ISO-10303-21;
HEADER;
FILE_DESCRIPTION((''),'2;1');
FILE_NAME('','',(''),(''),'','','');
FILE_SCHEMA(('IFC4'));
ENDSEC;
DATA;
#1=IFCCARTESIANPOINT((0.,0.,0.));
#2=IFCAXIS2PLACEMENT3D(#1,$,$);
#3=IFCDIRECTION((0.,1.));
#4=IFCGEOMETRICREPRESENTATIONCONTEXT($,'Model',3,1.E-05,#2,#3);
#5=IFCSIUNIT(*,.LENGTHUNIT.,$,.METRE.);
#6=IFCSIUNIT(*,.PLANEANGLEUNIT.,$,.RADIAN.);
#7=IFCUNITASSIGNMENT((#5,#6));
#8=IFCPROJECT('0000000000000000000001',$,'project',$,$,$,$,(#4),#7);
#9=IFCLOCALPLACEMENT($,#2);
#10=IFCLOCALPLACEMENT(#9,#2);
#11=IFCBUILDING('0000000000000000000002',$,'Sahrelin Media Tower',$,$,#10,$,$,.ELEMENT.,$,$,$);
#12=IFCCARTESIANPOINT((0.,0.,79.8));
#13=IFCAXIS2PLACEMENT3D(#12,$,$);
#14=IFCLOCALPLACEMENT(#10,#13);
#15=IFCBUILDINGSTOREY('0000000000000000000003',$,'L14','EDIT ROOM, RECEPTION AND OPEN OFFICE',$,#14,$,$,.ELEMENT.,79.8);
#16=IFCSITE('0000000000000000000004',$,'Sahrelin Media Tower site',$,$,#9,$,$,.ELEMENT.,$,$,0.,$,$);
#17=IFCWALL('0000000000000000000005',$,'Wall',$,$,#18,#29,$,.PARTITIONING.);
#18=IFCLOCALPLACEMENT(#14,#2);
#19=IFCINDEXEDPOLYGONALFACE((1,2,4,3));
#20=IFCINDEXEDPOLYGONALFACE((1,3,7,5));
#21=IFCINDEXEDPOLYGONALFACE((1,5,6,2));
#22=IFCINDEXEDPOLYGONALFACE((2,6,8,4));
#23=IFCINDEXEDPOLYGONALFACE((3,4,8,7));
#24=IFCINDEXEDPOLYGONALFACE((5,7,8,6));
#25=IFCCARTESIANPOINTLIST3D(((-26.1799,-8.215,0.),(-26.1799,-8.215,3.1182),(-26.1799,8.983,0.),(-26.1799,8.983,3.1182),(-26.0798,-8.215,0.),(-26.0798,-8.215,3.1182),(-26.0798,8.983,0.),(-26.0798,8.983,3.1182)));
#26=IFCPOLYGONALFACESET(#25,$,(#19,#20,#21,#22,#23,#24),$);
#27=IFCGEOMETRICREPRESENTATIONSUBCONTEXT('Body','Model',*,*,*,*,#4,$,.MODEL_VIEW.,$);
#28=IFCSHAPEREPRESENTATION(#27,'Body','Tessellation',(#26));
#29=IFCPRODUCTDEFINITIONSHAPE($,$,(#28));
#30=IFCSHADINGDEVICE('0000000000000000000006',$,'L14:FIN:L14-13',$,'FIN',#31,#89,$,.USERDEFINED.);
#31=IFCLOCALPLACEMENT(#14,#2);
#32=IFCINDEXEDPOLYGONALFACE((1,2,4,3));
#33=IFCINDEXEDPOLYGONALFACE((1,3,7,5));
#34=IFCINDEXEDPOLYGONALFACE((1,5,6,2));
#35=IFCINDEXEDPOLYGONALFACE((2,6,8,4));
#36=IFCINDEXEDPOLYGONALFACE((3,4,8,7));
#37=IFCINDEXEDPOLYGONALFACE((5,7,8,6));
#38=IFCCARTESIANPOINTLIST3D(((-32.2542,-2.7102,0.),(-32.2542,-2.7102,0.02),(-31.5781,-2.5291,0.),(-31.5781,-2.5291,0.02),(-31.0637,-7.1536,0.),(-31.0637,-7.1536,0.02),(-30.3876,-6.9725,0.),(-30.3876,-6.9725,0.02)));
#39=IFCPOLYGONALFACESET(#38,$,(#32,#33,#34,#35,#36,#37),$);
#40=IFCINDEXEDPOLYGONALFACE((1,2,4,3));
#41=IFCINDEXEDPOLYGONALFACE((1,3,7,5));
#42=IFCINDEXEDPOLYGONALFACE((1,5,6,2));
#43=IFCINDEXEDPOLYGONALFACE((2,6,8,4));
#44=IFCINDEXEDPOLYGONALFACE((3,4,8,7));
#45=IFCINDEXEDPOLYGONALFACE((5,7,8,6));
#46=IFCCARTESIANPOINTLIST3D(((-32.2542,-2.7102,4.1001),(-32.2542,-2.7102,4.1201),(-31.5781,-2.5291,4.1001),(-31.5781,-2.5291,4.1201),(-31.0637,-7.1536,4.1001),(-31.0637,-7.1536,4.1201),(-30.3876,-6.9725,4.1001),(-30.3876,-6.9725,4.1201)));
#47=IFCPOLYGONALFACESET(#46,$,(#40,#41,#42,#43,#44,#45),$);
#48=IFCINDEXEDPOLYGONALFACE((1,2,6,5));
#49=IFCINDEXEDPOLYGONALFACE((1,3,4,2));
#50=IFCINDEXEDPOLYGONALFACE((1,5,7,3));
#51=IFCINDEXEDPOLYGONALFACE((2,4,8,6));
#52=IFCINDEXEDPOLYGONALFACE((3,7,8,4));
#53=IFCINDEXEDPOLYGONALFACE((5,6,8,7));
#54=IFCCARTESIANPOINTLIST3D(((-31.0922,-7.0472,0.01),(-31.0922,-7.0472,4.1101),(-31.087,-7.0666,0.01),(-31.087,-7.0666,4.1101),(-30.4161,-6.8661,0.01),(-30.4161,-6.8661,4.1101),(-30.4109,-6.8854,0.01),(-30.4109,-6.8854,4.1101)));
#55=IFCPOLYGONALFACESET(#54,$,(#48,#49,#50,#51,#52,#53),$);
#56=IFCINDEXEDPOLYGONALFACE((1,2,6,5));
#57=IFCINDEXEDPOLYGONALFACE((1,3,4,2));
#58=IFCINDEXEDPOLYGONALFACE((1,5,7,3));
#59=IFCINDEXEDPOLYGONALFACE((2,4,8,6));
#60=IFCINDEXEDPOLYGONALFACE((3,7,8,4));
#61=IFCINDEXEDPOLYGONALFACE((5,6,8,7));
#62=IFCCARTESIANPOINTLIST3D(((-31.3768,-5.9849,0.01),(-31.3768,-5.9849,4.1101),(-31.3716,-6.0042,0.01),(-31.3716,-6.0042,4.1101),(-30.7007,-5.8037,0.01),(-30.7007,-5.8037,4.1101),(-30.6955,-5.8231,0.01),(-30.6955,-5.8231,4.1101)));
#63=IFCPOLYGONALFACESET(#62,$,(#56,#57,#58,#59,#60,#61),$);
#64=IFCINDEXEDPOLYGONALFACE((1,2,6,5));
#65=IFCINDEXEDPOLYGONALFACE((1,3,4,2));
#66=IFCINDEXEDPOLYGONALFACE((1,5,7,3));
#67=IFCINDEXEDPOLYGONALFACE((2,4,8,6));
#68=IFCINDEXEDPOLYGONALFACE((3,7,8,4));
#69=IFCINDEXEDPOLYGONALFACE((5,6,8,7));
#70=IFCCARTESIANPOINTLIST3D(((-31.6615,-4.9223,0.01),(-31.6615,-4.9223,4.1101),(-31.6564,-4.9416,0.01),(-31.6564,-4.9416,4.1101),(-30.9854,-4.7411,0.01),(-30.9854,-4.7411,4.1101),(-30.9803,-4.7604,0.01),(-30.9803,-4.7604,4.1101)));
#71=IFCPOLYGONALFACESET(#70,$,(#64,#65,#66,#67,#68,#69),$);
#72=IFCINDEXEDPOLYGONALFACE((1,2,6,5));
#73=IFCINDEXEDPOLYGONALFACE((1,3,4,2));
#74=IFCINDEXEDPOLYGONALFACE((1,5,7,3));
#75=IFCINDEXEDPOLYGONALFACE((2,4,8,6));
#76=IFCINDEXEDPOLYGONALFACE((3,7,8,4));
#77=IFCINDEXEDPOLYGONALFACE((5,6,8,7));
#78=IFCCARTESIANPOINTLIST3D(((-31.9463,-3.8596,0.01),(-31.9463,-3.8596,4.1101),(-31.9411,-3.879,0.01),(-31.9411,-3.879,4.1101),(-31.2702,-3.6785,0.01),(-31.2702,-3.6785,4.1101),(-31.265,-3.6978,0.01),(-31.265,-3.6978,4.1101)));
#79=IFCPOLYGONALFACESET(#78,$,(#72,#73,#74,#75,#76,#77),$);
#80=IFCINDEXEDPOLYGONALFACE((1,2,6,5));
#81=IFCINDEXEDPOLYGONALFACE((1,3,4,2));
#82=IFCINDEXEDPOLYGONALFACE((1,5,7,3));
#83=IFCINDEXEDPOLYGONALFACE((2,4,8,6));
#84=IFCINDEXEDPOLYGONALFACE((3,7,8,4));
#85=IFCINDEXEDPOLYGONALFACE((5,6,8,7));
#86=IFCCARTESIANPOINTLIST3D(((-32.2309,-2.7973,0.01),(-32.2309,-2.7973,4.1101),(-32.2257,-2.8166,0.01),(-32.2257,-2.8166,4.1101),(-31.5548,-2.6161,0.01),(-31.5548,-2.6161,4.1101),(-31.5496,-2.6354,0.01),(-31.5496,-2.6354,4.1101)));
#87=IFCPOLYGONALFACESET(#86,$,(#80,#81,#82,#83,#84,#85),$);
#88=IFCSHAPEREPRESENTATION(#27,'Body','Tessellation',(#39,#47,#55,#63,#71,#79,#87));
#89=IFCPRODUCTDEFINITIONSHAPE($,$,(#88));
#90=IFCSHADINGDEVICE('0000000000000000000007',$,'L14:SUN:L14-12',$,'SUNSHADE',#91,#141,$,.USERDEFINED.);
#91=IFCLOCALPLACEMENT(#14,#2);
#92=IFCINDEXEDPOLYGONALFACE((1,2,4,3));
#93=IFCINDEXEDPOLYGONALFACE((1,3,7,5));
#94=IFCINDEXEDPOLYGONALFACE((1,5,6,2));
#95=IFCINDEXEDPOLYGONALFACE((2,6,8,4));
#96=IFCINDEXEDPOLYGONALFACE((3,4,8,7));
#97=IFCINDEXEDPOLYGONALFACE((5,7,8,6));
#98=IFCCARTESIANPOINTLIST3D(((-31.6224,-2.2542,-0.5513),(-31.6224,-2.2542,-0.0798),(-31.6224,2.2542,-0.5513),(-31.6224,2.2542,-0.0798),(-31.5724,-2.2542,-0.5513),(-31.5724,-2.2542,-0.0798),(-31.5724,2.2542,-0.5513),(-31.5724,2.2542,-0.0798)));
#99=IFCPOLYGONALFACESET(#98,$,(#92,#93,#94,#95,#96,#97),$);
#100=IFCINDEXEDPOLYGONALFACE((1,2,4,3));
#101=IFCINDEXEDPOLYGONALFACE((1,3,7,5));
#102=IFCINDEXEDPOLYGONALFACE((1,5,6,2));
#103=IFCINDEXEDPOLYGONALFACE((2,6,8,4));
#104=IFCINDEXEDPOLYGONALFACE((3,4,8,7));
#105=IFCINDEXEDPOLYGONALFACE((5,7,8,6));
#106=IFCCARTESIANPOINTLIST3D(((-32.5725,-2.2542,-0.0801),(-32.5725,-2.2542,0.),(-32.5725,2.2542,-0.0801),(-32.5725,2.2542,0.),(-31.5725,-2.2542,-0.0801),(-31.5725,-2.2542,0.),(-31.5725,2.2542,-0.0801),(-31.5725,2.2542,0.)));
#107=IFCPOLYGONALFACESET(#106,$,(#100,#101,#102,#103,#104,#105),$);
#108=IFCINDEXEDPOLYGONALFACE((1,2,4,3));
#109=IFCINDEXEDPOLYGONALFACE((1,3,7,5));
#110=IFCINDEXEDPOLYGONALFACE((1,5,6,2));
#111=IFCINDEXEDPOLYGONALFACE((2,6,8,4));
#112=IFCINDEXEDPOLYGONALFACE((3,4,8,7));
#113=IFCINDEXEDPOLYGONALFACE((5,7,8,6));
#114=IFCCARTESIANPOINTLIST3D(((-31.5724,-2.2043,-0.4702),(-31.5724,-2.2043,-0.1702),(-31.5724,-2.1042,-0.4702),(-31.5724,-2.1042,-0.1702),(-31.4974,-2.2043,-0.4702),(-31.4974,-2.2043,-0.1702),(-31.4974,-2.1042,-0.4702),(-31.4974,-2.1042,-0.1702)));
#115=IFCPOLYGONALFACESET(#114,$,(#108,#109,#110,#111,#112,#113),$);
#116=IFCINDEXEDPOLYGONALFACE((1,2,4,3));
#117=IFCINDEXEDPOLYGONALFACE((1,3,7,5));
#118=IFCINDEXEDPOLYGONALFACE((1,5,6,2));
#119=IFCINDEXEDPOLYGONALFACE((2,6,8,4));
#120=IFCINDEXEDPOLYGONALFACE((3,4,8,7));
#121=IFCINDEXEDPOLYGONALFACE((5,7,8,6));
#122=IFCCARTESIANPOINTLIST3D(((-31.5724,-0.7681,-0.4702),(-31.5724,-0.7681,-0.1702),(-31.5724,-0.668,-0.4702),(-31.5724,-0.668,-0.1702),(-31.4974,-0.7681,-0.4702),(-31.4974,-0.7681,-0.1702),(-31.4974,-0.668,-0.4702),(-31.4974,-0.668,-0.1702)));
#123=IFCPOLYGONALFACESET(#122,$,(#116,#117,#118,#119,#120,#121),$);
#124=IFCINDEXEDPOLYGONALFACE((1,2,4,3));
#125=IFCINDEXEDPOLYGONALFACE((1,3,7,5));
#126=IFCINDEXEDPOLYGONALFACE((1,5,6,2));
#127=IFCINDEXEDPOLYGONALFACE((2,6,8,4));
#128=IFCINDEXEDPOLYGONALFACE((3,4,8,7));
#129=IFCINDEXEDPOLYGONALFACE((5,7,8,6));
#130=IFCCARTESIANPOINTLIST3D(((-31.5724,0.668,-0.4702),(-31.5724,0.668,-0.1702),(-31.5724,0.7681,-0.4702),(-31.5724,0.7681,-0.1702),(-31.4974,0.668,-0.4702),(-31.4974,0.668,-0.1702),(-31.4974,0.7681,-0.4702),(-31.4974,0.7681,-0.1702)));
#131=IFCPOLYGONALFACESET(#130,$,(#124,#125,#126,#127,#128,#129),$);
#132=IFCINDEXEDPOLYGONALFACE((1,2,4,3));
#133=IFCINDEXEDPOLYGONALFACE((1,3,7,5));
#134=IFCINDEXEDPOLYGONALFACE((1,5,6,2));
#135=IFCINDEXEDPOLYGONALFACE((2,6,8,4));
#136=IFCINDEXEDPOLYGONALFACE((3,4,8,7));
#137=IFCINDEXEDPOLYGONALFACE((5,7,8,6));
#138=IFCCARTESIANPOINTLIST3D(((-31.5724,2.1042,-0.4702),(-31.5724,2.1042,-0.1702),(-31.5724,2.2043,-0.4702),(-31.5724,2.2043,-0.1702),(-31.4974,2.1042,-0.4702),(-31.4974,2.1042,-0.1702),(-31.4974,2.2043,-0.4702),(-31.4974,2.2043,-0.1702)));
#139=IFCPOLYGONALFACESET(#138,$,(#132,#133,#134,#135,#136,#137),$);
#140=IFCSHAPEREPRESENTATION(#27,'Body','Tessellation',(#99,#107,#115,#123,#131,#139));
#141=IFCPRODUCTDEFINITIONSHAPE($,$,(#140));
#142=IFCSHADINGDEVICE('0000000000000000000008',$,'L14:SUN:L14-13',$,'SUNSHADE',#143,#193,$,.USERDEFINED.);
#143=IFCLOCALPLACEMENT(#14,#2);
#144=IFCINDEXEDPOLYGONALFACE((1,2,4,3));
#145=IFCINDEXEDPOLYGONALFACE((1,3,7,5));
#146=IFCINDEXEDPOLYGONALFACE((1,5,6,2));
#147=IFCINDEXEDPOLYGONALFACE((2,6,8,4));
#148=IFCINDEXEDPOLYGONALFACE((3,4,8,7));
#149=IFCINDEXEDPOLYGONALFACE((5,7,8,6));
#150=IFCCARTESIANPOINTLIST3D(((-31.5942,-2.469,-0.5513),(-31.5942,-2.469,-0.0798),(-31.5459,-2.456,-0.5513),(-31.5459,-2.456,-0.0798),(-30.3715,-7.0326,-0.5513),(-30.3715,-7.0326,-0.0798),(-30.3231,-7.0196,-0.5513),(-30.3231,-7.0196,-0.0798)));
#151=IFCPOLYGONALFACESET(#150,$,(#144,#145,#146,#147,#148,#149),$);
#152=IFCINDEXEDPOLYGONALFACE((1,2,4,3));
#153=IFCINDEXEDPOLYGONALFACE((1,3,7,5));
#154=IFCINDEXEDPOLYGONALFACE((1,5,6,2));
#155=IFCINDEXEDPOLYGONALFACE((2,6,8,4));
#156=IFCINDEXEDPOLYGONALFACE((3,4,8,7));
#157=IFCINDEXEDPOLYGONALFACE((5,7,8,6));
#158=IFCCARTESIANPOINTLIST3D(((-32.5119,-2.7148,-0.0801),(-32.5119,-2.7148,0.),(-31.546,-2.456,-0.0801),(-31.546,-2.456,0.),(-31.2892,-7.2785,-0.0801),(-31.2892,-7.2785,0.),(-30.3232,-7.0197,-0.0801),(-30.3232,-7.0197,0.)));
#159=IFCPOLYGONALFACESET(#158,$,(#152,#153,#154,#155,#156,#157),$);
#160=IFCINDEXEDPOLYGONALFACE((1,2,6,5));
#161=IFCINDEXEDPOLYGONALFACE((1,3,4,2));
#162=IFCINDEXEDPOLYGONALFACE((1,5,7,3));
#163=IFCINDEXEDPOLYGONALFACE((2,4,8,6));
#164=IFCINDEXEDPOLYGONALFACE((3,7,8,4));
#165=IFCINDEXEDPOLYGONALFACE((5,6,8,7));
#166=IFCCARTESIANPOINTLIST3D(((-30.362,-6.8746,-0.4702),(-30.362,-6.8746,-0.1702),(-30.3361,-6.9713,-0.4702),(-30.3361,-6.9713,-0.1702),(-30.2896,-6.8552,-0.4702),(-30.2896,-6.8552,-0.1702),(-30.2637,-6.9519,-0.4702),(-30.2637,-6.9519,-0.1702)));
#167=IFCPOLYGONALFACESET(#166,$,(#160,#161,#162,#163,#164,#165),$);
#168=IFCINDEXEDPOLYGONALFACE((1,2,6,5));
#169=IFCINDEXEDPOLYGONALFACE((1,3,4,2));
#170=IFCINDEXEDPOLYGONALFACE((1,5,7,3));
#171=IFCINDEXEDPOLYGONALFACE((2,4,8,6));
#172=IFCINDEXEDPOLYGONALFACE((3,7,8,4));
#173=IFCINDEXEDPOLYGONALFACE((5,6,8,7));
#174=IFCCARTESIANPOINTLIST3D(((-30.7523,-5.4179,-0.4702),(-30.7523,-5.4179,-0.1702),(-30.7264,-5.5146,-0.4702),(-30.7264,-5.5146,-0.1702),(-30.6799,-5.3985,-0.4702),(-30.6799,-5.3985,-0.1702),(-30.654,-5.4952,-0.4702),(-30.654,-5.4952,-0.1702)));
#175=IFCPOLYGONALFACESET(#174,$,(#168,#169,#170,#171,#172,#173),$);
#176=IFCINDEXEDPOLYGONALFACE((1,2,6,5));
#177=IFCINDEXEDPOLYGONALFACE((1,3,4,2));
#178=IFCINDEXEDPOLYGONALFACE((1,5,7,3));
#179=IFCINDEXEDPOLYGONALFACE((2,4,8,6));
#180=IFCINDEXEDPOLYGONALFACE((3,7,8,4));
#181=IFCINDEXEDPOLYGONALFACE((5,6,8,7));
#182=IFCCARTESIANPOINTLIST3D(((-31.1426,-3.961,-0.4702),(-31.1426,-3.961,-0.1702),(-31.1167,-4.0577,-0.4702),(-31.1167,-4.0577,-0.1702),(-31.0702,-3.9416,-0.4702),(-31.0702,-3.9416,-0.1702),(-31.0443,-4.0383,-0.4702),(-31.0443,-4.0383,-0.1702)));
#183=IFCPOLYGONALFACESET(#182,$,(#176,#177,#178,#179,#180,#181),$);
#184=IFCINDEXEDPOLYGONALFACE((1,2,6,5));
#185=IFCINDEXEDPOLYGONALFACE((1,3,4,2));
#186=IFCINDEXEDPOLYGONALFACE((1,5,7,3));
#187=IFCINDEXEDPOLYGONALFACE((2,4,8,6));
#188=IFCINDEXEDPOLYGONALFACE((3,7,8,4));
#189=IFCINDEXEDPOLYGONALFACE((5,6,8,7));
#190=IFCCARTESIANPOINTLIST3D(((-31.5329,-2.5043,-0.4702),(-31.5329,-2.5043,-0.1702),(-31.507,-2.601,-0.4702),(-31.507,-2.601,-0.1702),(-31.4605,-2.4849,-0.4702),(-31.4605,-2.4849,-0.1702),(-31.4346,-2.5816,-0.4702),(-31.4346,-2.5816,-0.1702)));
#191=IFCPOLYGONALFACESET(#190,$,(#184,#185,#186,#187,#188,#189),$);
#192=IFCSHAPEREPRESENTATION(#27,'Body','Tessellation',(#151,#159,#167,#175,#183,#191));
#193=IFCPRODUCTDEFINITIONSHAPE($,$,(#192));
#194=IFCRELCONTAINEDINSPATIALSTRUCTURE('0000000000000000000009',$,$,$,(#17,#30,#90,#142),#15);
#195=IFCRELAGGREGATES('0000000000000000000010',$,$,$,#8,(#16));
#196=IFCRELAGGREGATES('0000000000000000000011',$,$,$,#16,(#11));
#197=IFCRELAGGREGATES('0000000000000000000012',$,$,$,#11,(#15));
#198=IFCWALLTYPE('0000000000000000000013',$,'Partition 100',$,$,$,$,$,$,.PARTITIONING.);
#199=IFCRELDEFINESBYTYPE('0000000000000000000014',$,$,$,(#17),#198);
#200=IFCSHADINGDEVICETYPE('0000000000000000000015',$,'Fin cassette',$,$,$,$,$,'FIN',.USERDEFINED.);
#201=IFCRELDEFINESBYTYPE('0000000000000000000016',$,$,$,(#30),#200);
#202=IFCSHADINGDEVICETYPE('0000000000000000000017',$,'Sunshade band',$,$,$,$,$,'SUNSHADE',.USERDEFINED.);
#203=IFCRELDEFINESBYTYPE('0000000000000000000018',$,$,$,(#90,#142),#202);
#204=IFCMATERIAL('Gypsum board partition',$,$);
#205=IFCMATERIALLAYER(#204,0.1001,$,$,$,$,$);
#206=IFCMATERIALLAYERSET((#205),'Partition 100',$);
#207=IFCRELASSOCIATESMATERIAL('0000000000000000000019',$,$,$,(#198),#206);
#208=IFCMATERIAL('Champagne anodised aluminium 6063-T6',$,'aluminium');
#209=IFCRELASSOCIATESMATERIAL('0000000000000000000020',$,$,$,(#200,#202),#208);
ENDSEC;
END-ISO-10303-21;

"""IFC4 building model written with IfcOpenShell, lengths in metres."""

from ifc_helpers import new_model, si_unit, direction, frame, frame_2d, origin, origin_2d, place, context, subcontext, project, spatial, rectangle, extrude, material, layer, layer_set, type_object, element, save


model = new_model("IFC4")

# Units and contexts
model_context = context("Model", 3, precision=1e-05, world=origin(), true_north=direction((0.0, 1.0)))
body_context = subcontext(model_context, "Body", "Model", "MODEL_VIEW")
ifc_project = project(units=[si_unit("LENGTHUNIT", "METRE"), si_unit("PLANEANGLEUNIT", "RADIAN")], contexts=[model_context])

# Site, building, storey
site_placement = place(None, origin())
site = spatial("IfcSite", under=ifc_project, at=site_placement, Name="Sahrelin Media Tower site", CompositionType="ELEMENT", RefElevation=0.0)
building_placement = place(site_placement, origin())
building = spatial("IfcBuilding", under=site, at=building_placement, Name="Sahrelin Media Tower", CompositionType="ELEMENT")
storey_placement = place(building_placement, frame((0.0, 0.0, 79.8)))
storey = spatial("IfcBuildingStorey", under=building, at=storey_placement, Name="L14", Description="EDIT ROOM, RECEPTION AND OPEN OFFICE", CompositionType="ELEMENT", Elevation=79.8)

# Shared definitions
ifc_material_1 = material(Name="Champagne anodised aluminium 6063-T6", Category="aluminium")

# Shared definitions
ifc_material_2 = material(Name="Gypsum board partition")
ifc_layer_1 = layer(ifc_material_2, 0.1001)
ifc_layer_set_1 = layer_set([ifc_layer_1], Name="Partition 100")
wall_type_1 = type_object("IfcWallType", Name="Partition 100", PredefinedType="PARTITIONING", material=ifc_layer_set_1)

# Wall
wall_1_placement = place(storey_placement, frame((-26.1299, -8.2151, 0.0), z_axis=(0.0, 0.0, 1.0), x_axis=(0.0, 1.0, 0.0)))
element("IfcWall", 1, at=wall_1_placement, inside=storey, type_object=wall_type_1, Name="Wall", PredefinedType="PARTITIONING", context=body_context, shape_type="SweptSolid", body=[
    extrude(rectangle(XDim=17.198, YDim=0.1001, at=frame_2d((8.5991, 0.0))), origin(), (0.0, 0.0, 1.0), 3.1182),
])

# Shading devices
shading_device_type_1 = type_object("IfcShadingDeviceType", Name="Fin cassette", ElementType="FIN", PredefinedType="USERDEFINED", material=ifc_material_1)
placement = place(storey_placement, frame((-30.9153, -4.7327, 0.0), z_axis=(0.0, 0.0, 1.0), x_axis=(-0.258808, 0.965929, 0.0)))
element("IfcShadingDevice", 2, at=placement, inside=storey, type_object=shading_device_type_1, Name="L14:FIN:L14-13", ObjectType="FIN", PredefinedType="USERDEFINED", context=body_context, shape_type="SweptSolid", body=[
    extrude(rectangle(XDim=4.6001, YDim=0.7, at=origin_2d()), frame((0.0, 0.4199, 0.0)), (0.0, 0.0, 1.0), 0.02),
    extrude(rectangle(XDim=4.6001, YDim=0.7, at=origin_2d()), frame((0.0, 0.4199, 4.1001)), (0.0, 0.0, 1.0), 0.02),
    extrude(rectangle(XDim=0.02, YDim=0.7, at=origin_2d()), frame((-2.2, 0.4199, 0.01), z_axis=(0.0, 0.0, 1.0), x_axis=(1.0, 0.0, 0.0)), (0.0, 0.0, 1.0), 4.1001),
    extrude(rectangle(XDim=0.02, YDim=0.7, at=origin_2d()), frame((-1.1001, 0.4199, 0.01), z_axis=(0.0, 0.0, 1.0), x_axis=(1.0, 0.0, 0.0)), (0.0, 0.0, 1.0), 4.1001),
    extrude(rectangle(XDim=0.02, YDim=0.7, at=origin_2d()), frame((0.0, 0.4199, 0.01), z_axis=(0.0, 0.0, 1.0), x_axis=(1.0, 0.0, 0.0)), (0.0, 0.0, 1.0), 4.1001),
    extrude(rectangle(XDim=0.02, YDim=0.7, at=origin_2d()), frame((1.1001, 0.4199, 0.01), z_axis=(0.0, 0.0, 1.0), x_axis=(1.0, 0.0, 0.0)), (0.0, 0.0, 1.0), 4.1001),
    extrude(rectangle(XDim=0.02, YDim=0.7, at=origin_2d()), frame((2.2, 0.4199, 0.01), z_axis=(0.0, 0.0, 1.0), x_axis=(1.0, 0.0, 0.0)), (0.0, 0.0, 1.0), 4.1001),
])
shading_device_type_2 = type_object("IfcShadingDeviceType", Name="Sunshade band", ElementType="SUNSHADE", PredefinedType="USERDEFINED", material=ifc_material_1)
shading_device_1_placement = place(storey_placement, frame((-31.5525, 0.0, 0.0), z_axis=(0.0, 0.0, 1.0), x_axis=(0.0, 1.0, 0.0)))
element("IfcShadingDevice", 3, at=shading_device_1_placement, inside=storey, type_object=shading_device_type_2, Name="L14:SUN:L14-12", ObjectType="SUNSHADE", PredefinedType="USERDEFINED", context=body_context, shape_type="SweptSolid", body=[
    extrude(rectangle(XDim=4.5083, YDim=0.05, at=origin_2d()), frame((0.0, 0.0449, -0.5513)), (0.0, 0.0, 1.0), 0.4714),
    extrude(rectangle(XDim=4.5083, YDim=1.0, at=origin_2d()), frame((0.0, 0.52, -0.0801)), (0.0, 0.0, 1.0), 0.0801),
    extrude(rectangle(XDim=0.1001, YDim=0.075, at=origin_2d()), frame((-2.1543, -0.0176, -0.4702)), (0.0, 0.0, 1.0), 0.3),
    extrude(rectangle(XDim=0.1001, YDim=0.075, at=origin_2d()), frame((-0.718, -0.0176, -0.4702)), (0.0, 0.0, 1.0), 0.3),
    extrude(rectangle(XDim=0.1001, YDim=0.075, at=origin_2d()), frame((0.718, -0.0176, -0.4702)), (0.0, 0.0, 1.0), 0.3),
    extrude(rectangle(XDim=0.1001, YDim=0.075, at=origin_2d()), frame((2.1543, -0.0176, -0.4702)), (0.0, 0.0, 1.0), 0.3),
])
element("IfcShadingDevice", 4, at=placement, inside=storey, type_object=shading_device_type_2, Name="L14:SUN:L14-13", ObjectType="SUNSHADE", PredefinedType="USERDEFINED", context=body_context, shape_type="SweptSolid", body=[
    extrude(rectangle(XDim=4.7246, YDim=0.05, at=origin_2d()), frame((0.0, 0.0449, -0.5513)), (0.0, 0.0, 1.0), 0.4714),
    extrude(rectangle(XDim=4.7246, YDim=1.0, at=origin_2d()), frame((0.0, 0.52, -0.0801)), (0.0, 0.0, 1.0), 0.0801),
    extrude(rectangle(XDim=0.1001, YDim=0.075, at=origin_2d()), frame((-2.2622, -0.0176, -0.4702)), (0.0, 0.0, 1.0), 0.3),
    extrude(rectangle(XDim=0.1001, YDim=0.075, at=origin_2d()), frame((-0.7542, -0.0176, -0.4702)), (0.0, 0.0, 1.0), 0.3),
    extrude(rectangle(XDim=0.1001, YDim=0.075, at=origin_2d()), frame((0.7542, -0.0176, -0.4702)), (0.0, 0.0, 1.0), 0.3),
    extrude(rectangle(XDim=0.1001, YDim=0.075, at=origin_2d()), frame((2.2622, -0.0176, -0.4702)), (0.0, 0.0, 1.0), 0.3),
])

save(model, "model.ifc")
